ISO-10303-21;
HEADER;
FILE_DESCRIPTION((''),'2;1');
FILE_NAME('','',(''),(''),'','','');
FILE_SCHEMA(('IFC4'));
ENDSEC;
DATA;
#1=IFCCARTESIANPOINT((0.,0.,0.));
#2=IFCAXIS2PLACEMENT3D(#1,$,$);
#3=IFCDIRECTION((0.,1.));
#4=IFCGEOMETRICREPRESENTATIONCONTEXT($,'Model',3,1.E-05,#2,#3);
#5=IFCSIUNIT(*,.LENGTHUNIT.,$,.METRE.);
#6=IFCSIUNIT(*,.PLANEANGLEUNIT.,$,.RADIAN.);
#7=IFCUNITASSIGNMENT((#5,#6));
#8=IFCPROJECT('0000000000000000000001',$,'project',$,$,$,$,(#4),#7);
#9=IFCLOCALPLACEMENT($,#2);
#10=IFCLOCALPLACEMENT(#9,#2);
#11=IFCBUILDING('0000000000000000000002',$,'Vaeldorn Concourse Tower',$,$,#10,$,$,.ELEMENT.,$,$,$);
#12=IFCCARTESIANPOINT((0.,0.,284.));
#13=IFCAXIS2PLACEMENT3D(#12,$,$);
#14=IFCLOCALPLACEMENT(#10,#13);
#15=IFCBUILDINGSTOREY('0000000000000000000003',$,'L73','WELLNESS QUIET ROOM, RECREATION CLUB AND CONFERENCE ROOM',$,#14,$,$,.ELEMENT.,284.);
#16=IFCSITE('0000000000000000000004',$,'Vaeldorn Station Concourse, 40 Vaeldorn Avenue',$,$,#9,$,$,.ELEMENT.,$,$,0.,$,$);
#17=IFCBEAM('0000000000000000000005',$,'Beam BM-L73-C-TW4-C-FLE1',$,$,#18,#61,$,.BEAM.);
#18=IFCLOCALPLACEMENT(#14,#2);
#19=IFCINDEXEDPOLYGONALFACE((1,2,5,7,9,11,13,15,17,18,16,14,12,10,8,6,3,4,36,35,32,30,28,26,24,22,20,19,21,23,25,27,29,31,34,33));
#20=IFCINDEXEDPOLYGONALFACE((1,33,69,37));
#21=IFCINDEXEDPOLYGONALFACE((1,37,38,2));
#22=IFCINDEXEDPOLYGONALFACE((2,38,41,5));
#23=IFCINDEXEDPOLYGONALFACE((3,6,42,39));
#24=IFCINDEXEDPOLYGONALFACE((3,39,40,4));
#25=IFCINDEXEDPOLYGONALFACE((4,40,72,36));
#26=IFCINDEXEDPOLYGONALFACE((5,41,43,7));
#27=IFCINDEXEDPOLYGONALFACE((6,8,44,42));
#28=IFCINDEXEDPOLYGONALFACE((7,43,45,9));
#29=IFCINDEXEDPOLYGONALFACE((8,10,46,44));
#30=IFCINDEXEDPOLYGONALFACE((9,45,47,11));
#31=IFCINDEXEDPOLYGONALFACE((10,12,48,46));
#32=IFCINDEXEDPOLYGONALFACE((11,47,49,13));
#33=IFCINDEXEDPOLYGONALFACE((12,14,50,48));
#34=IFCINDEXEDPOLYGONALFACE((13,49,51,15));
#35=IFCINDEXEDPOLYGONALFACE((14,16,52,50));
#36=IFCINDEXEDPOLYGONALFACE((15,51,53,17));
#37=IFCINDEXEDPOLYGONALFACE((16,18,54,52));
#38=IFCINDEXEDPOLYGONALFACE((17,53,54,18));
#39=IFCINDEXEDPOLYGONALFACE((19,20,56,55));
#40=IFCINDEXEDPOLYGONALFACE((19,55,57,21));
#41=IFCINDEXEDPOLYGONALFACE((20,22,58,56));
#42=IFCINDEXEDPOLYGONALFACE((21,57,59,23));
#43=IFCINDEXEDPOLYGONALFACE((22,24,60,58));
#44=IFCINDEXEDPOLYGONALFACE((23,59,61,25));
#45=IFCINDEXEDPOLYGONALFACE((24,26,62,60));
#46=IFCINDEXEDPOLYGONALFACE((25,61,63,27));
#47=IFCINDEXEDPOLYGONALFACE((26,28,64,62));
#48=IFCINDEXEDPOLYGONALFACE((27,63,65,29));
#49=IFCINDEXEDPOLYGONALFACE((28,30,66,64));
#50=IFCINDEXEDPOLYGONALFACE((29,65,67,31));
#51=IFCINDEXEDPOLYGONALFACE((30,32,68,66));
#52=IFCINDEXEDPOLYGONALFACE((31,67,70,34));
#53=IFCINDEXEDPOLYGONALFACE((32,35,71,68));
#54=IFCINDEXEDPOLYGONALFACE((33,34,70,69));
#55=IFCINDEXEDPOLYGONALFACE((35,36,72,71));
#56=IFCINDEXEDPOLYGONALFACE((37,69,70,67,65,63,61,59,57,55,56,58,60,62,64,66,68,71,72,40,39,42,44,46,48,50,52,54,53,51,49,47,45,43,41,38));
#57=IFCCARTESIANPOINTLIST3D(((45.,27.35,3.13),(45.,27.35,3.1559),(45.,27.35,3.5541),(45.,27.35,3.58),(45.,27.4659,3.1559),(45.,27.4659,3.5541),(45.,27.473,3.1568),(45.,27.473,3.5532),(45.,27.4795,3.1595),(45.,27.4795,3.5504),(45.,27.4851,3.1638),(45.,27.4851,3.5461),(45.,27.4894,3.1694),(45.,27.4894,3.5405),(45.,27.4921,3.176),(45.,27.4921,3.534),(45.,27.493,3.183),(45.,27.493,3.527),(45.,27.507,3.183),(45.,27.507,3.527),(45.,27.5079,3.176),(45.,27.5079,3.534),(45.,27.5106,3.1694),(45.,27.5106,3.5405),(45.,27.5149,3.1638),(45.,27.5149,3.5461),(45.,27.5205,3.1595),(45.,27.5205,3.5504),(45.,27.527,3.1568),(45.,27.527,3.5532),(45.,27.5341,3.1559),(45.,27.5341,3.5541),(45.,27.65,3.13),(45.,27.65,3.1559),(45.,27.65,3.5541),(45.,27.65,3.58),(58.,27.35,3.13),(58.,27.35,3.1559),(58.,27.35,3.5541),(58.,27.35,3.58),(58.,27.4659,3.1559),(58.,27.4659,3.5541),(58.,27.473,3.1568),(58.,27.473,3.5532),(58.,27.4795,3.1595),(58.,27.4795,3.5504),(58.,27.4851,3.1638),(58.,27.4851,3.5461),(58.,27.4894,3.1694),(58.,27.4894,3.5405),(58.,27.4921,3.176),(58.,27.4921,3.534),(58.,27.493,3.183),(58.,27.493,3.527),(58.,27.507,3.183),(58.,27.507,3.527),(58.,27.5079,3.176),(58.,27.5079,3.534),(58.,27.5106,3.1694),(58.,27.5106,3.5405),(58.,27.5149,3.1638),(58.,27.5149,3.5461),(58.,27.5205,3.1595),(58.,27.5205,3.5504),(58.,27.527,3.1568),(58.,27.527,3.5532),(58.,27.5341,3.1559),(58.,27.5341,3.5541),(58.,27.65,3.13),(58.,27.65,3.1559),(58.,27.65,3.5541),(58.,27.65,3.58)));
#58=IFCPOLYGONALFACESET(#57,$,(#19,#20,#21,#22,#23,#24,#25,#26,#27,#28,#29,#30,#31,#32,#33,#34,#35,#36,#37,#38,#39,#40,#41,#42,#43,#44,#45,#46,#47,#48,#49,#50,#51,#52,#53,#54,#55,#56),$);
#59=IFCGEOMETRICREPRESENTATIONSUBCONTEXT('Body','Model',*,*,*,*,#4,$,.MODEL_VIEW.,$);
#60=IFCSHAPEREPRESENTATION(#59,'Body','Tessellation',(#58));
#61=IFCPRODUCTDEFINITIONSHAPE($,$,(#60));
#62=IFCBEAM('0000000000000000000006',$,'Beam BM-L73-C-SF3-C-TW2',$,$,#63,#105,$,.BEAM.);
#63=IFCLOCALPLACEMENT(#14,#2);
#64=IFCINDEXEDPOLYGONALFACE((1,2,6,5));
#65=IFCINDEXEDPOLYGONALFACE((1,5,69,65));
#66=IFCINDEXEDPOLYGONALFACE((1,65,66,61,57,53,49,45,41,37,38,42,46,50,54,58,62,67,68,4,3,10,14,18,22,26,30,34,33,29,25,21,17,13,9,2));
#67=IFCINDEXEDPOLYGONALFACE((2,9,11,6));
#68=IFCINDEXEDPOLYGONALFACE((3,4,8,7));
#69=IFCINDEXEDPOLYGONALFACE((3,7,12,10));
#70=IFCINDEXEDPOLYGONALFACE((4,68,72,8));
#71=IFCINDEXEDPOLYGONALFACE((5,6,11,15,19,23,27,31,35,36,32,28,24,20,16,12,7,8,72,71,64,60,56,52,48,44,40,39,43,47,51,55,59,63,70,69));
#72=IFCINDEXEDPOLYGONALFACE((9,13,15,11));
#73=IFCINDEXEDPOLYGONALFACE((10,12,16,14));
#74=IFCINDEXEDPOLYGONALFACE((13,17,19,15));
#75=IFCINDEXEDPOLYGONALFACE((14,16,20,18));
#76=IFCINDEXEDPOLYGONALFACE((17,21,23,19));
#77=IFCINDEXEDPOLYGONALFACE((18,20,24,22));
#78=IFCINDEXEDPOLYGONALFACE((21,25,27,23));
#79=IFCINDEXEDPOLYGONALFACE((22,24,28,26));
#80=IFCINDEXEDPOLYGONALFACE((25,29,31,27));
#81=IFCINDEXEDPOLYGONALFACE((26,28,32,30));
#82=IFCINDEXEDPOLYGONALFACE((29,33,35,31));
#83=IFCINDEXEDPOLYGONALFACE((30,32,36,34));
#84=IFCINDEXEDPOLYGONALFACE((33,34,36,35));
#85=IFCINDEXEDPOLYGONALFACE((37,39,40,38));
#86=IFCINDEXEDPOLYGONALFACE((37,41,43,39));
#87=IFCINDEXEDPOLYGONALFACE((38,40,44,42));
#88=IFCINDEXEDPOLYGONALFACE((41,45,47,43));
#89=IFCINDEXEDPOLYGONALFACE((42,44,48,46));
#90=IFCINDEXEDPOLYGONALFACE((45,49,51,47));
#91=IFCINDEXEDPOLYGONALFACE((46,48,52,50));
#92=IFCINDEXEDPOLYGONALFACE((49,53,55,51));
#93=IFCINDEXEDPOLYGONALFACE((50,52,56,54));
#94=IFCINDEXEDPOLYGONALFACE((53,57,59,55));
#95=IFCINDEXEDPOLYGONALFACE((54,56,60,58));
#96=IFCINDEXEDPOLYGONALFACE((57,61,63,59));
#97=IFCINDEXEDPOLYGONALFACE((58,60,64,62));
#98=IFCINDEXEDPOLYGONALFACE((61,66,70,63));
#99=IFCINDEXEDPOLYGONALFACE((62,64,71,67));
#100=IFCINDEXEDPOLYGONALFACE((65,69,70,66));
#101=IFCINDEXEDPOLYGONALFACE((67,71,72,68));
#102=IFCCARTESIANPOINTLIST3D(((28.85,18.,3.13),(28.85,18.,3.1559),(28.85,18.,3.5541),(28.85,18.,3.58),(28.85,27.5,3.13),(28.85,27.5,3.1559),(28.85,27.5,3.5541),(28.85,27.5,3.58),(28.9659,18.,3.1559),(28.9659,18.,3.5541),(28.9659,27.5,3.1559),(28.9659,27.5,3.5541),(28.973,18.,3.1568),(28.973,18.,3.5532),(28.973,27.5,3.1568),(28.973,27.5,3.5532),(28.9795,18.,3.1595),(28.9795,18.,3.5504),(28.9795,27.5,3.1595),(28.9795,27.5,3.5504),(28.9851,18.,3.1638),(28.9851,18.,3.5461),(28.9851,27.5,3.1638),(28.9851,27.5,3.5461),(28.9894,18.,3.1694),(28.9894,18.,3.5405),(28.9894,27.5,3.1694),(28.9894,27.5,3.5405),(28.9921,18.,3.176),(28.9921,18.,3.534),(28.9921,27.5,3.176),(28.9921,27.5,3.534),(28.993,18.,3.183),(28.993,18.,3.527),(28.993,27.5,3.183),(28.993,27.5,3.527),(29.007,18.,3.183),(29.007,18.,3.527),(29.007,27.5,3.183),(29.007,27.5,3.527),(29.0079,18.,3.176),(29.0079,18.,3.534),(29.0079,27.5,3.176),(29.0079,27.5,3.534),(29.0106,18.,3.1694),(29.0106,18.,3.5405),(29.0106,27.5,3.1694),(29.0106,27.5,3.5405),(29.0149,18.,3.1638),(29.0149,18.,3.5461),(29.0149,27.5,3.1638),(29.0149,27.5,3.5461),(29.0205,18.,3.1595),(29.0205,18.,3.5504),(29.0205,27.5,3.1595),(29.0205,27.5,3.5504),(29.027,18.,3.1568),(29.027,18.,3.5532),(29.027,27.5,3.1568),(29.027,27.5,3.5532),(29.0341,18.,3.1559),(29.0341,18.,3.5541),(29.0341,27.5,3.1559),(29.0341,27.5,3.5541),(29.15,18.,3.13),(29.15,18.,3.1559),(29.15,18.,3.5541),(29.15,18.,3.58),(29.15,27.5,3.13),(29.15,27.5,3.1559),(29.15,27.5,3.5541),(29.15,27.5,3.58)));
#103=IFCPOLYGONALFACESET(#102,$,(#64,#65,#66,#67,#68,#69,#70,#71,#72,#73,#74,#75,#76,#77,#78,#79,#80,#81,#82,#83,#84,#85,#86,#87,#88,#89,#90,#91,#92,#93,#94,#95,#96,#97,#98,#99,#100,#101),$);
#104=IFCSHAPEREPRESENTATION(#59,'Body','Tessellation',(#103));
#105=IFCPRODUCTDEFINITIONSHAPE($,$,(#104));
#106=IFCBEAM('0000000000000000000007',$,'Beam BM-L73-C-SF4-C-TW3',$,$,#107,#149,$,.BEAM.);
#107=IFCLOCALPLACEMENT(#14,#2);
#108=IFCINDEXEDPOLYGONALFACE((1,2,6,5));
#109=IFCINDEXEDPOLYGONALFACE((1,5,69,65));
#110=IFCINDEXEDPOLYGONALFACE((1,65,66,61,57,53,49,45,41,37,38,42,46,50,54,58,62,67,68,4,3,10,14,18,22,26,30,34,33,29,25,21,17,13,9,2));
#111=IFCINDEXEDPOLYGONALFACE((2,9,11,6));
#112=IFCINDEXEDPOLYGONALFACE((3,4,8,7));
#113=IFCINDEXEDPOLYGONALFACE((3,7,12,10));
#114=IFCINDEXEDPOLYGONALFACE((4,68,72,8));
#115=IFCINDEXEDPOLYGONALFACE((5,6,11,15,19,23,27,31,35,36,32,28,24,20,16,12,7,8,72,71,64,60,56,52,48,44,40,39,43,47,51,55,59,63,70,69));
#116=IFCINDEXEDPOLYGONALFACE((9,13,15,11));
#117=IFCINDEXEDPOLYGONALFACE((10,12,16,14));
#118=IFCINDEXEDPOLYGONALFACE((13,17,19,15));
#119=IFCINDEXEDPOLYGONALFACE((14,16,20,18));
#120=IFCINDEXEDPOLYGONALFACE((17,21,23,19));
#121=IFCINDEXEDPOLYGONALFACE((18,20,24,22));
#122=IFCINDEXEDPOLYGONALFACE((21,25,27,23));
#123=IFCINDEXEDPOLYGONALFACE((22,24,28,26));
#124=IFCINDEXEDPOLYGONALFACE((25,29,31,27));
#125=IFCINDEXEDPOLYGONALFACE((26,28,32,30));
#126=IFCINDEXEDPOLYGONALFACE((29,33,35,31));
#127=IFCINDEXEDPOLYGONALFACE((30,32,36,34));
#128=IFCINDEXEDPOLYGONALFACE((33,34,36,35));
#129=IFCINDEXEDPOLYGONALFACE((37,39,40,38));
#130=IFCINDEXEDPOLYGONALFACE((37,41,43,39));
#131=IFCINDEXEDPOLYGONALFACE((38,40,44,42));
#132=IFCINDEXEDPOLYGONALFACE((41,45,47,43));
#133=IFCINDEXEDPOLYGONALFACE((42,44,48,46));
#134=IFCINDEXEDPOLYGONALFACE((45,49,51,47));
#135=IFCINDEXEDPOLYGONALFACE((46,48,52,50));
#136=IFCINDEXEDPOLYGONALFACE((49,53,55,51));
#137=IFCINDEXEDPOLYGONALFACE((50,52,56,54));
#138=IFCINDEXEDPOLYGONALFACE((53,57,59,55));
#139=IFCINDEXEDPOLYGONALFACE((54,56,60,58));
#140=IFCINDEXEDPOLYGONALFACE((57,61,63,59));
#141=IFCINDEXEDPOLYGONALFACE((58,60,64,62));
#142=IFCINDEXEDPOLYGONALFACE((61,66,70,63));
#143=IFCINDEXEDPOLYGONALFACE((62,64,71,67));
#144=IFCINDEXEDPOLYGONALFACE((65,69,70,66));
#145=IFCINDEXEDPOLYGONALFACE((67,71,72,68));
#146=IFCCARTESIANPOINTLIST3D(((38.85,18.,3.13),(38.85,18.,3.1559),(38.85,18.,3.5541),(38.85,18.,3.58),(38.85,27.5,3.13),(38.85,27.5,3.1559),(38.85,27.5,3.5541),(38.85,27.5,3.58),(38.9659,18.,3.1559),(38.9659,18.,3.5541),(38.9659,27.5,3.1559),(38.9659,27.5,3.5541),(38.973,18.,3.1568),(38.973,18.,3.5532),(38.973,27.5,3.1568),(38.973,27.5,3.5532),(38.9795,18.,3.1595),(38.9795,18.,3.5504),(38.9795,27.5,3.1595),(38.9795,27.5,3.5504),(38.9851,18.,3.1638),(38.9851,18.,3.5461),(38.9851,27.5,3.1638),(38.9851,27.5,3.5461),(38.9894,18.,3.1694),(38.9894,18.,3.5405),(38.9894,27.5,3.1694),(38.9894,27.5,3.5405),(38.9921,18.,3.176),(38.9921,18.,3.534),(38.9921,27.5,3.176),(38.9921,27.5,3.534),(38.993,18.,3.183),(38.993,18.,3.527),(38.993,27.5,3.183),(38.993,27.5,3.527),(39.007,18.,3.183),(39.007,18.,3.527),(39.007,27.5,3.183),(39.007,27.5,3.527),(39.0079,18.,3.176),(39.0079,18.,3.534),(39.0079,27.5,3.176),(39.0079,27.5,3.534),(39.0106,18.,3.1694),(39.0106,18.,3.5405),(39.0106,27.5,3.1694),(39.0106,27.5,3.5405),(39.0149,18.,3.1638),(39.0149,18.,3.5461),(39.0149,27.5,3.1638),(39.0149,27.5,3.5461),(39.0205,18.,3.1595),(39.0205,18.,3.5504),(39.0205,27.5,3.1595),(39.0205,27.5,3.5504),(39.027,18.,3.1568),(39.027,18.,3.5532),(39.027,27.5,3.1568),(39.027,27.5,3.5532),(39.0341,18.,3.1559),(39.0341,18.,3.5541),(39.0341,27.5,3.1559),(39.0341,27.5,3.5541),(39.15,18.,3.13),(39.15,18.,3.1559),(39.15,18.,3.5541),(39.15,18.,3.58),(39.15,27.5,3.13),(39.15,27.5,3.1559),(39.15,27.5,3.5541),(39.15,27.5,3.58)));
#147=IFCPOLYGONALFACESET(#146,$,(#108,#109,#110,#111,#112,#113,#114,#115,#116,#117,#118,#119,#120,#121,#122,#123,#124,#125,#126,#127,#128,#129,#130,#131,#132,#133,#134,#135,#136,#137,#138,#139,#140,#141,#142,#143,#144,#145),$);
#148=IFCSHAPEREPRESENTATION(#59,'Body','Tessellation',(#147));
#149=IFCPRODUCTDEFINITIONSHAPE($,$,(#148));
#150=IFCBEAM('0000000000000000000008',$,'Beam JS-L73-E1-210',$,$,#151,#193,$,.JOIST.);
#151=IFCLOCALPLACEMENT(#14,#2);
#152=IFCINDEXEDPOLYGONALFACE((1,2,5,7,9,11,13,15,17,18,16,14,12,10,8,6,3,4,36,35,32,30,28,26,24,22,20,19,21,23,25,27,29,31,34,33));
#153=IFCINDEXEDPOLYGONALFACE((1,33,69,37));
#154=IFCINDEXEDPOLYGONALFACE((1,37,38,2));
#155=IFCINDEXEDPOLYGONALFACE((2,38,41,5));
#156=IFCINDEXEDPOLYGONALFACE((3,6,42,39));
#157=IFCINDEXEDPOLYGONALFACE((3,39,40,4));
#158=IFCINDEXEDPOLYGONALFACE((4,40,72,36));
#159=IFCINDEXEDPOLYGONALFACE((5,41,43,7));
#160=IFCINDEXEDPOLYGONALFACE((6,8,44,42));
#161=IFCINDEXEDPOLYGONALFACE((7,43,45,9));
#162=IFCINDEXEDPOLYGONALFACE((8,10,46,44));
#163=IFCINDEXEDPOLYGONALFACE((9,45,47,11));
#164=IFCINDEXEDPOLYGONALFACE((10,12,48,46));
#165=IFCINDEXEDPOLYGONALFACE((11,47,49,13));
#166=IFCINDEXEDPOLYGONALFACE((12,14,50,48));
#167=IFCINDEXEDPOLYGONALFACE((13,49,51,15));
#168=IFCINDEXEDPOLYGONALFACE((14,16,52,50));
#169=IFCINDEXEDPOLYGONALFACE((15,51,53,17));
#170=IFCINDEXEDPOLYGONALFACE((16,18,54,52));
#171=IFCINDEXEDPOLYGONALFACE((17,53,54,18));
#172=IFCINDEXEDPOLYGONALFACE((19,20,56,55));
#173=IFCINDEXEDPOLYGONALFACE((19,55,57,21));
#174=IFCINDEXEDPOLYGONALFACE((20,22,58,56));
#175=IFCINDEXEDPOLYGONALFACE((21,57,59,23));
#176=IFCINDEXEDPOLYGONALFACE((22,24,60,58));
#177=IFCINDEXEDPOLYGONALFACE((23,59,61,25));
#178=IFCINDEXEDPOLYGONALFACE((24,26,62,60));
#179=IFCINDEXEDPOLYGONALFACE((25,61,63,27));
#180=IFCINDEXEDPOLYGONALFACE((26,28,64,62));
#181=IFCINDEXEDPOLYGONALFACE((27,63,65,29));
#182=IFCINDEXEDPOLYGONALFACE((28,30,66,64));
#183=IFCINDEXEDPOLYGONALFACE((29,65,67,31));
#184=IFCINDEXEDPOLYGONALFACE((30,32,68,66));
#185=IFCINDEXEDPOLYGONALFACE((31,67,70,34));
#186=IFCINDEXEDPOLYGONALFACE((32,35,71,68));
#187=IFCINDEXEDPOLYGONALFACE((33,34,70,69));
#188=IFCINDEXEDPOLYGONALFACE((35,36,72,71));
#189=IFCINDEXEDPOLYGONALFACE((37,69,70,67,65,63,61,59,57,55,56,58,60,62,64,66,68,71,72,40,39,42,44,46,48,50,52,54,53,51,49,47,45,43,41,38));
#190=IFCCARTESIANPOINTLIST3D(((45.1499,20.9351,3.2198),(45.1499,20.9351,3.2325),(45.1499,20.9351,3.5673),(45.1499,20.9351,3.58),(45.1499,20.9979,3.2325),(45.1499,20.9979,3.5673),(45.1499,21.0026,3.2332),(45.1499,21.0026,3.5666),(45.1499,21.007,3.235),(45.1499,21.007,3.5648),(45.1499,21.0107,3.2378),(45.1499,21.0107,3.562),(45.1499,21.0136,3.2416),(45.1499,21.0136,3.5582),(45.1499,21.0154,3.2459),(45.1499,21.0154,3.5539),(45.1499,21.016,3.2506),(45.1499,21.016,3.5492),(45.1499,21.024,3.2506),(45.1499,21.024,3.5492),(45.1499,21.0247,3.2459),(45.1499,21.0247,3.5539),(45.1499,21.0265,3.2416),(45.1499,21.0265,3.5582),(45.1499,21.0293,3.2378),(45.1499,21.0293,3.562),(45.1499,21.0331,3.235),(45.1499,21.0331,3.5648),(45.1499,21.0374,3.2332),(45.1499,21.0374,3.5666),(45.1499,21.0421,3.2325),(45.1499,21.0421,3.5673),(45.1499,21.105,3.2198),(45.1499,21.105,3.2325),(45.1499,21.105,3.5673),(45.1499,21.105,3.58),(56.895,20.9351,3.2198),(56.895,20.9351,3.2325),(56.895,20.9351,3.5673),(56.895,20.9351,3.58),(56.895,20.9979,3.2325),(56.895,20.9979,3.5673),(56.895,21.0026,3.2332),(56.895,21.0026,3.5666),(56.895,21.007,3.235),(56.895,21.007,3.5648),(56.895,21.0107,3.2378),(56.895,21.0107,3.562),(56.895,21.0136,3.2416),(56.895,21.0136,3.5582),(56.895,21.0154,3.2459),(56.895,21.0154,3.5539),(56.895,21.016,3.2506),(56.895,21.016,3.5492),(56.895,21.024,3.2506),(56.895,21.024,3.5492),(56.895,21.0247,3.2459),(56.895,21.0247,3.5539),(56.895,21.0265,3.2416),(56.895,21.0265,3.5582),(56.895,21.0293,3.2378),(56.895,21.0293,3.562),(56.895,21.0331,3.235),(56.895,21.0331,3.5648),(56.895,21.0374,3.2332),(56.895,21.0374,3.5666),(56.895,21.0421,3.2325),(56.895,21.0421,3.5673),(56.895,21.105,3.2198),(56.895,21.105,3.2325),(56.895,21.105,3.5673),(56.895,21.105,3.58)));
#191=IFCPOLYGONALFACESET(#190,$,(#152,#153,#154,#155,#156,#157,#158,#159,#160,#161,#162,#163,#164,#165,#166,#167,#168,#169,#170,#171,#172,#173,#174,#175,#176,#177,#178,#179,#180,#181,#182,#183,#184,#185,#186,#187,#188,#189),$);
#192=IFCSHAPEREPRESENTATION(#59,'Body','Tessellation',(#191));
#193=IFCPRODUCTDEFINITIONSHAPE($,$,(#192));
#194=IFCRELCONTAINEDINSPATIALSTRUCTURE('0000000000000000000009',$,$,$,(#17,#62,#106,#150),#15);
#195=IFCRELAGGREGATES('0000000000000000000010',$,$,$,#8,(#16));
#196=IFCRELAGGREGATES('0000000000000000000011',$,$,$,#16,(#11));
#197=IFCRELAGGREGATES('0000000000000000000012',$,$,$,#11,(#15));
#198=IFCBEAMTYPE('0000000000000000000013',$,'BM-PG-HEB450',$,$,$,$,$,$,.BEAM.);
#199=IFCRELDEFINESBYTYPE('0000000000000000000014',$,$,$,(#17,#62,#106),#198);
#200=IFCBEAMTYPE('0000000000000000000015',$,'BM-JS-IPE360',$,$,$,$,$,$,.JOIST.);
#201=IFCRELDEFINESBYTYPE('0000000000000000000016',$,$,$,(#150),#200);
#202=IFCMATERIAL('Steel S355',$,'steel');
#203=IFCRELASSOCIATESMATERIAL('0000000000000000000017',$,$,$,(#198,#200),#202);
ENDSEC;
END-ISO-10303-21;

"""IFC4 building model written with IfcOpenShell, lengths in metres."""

from ifc_helpers import new_model, si_unit, direction, frame, origin, origin_2d, place, context, subcontext, project, spatial, i_section, extrude, source, transform, mapped, material, material_profile, profile_set, type_object, element, save


model = new_model("IFC4")

# Units and contexts
model_context = context("Model", 3, precision=1e-05, world=origin(), true_north=direction((0.0, 1.0)))
body_context = subcontext(model_context, "Body", "Model", "MODEL_VIEW")
ifc_project = project(units=[si_unit("LENGTHUNIT", "METRE"), si_unit("PLANEANGLEUNIT", "RADIAN")], contexts=[model_context])

# Site, building, storey
site_placement = place(None, origin())
site = spatial("IfcSite", under=ifc_project, at=site_placement, Name="Vaeldorn Station Concourse, 40 Vaeldorn Avenue", CompositionType="ELEMENT", RefElevation=0.0)
building_placement = place(site_placement, origin())
building = spatial("IfcBuilding", under=site, at=building_placement, Name="Vaeldorn Concourse Tower", CompositionType="ELEMENT")
storey_placement = place(building_placement, frame((0.0, 0.0, 284.0)))
storey = spatial("IfcBuildingStorey", under=building, at=storey_placement, Name="L73", Description="WELLNESS QUIET ROOM, RECREATION CLUB AND CONFERENCE ROOM", CompositionType="ELEMENT", Elevation=284.0)

# Shared definitions
ifc_material_1 = material(Name="Steel S355", Category="steel")

# Beams
ifc_material_profile_1 = material_profile(ifc_material_1, i_section(OverallWidth=0.3, OverallDepth=0.45, WebThickness=0.0139, FlangeThickness=0.0259, FilletRadius=0.0271, at=origin_2d()), Name="HEB 450")
ifc_profile_set_1 = profile_set([ifc_material_profile_1], Name="Steel S355")
beam_type_1 = type_object("IfcBeamType", Name="BM-PG-HEB450", PredefinedType="BEAM", material=ifc_profile_set_1)
ifc_material_profile_2 = material_profile(ifc_material_1, i_section(OverallWidth=0.1699, OverallDepth=0.3601, WebThickness=0.0081, FlangeThickness=0.0127, FilletRadius=0.0181, at=origin_2d()), Name="IPE 360")
ifc_profile_set_2 = profile_set([ifc_material_profile_2], Name="Steel S355")
beam_type_2 = type_object("IfcBeamType", Name="BM-JS-IPE360", PredefinedType="JOIST", material=ifc_profile_set_2)
shared_shape_1 = source(origin(), body_context, "Body", "SweptSolid", [
    extrude(i_section(OverallWidth=0.3, OverallDepth=0.45, WebThickness=0.0139, FlangeThickness=0.0259, FilletRadius=0.0271, at=origin_2d()), origin(), (0.0, 0.0, 1.0), 13.0),
])
beam_1_placement = place(storey_placement, frame((45.0, 27.5, 3.355), z_axis=(1.0, 0.0, 0.0), x_axis=(0.0, 1.0, 0.0)))
element("IfcBeam", 1, at=beam_1_placement, inside=storey, type_object=beam_type_1, Name="Beam BM-L73-C-TW4-C-FLE1", PredefinedType="BEAM", context=body_context, shape_type="MappedRepresentation", body=[
    mapped(shared_shape_1, transform((0.0, 0.0, 0.0), scale=1.0)),
])
shared_shape_2 = source(origin(), body_context, "Body", "SweptSolid", [
    extrude(i_section(OverallWidth=0.3, OverallDepth=0.45, WebThickness=0.0139, FlangeThickness=0.0259, FilletRadius=0.0271, at=origin_2d()), origin(), (0.0, 0.0, 1.0), 9.5),
])
for number, where, z_axis, x_axis, name in (
    (2, (29.0, 18.0, 3.355), (0.0, 1.0, 0.0), (-1.0, 0.0, 0.0), "Beam BM-L73-C-SF3-C-TW2"),
    (3, (39.0, 18.0, 3.355), (0.0, 1.0, 0.0), (-1.0, 0.0, 0.0), "Beam BM-L73-C-SF4-C-TW3"),
):
    element("IfcBeam", number, at=place(storey_placement, frame(where, z_axis=z_axis, x_axis=x_axis)), inside=storey, type_object=beam_type_1, Name=name, PredefinedType="BEAM", context=body_context, shape_type="MappedRepresentation", body=[
        mapped(shared_shape_2, transform((0.0, 0.0, 0.0), scale=1.0)),
    ])
shared_shape_3 = source(origin(), body_context, "Body", "SweptSolid", [
    extrude(i_section(OverallWidth=0.1699, OverallDepth=0.3601, WebThickness=0.0081, FlangeThickness=0.0127, FilletRadius=0.0181, at=origin_2d()), origin(), (0.0, 0.0, 1.0), 11.7451),
])
beam_2_placement = place(storey_placement, frame((45.1499, 21.02, 3.3999), z_axis=(1.0, 0.0, 0.0), x_axis=(0.0, 1.0, 0.0)))
element("IfcBeam", 4, at=beam_2_placement, inside=storey, type_object=beam_type_2, Name="Beam JS-L73-E1-210", PredefinedType="JOIST", context=body_context, shape_type="MappedRepresentation", body=[
    mapped(shared_shape_3, transform((0.0, 0.0, 0.0), scale=1.0)),
])

save(model, "model.ifc")
